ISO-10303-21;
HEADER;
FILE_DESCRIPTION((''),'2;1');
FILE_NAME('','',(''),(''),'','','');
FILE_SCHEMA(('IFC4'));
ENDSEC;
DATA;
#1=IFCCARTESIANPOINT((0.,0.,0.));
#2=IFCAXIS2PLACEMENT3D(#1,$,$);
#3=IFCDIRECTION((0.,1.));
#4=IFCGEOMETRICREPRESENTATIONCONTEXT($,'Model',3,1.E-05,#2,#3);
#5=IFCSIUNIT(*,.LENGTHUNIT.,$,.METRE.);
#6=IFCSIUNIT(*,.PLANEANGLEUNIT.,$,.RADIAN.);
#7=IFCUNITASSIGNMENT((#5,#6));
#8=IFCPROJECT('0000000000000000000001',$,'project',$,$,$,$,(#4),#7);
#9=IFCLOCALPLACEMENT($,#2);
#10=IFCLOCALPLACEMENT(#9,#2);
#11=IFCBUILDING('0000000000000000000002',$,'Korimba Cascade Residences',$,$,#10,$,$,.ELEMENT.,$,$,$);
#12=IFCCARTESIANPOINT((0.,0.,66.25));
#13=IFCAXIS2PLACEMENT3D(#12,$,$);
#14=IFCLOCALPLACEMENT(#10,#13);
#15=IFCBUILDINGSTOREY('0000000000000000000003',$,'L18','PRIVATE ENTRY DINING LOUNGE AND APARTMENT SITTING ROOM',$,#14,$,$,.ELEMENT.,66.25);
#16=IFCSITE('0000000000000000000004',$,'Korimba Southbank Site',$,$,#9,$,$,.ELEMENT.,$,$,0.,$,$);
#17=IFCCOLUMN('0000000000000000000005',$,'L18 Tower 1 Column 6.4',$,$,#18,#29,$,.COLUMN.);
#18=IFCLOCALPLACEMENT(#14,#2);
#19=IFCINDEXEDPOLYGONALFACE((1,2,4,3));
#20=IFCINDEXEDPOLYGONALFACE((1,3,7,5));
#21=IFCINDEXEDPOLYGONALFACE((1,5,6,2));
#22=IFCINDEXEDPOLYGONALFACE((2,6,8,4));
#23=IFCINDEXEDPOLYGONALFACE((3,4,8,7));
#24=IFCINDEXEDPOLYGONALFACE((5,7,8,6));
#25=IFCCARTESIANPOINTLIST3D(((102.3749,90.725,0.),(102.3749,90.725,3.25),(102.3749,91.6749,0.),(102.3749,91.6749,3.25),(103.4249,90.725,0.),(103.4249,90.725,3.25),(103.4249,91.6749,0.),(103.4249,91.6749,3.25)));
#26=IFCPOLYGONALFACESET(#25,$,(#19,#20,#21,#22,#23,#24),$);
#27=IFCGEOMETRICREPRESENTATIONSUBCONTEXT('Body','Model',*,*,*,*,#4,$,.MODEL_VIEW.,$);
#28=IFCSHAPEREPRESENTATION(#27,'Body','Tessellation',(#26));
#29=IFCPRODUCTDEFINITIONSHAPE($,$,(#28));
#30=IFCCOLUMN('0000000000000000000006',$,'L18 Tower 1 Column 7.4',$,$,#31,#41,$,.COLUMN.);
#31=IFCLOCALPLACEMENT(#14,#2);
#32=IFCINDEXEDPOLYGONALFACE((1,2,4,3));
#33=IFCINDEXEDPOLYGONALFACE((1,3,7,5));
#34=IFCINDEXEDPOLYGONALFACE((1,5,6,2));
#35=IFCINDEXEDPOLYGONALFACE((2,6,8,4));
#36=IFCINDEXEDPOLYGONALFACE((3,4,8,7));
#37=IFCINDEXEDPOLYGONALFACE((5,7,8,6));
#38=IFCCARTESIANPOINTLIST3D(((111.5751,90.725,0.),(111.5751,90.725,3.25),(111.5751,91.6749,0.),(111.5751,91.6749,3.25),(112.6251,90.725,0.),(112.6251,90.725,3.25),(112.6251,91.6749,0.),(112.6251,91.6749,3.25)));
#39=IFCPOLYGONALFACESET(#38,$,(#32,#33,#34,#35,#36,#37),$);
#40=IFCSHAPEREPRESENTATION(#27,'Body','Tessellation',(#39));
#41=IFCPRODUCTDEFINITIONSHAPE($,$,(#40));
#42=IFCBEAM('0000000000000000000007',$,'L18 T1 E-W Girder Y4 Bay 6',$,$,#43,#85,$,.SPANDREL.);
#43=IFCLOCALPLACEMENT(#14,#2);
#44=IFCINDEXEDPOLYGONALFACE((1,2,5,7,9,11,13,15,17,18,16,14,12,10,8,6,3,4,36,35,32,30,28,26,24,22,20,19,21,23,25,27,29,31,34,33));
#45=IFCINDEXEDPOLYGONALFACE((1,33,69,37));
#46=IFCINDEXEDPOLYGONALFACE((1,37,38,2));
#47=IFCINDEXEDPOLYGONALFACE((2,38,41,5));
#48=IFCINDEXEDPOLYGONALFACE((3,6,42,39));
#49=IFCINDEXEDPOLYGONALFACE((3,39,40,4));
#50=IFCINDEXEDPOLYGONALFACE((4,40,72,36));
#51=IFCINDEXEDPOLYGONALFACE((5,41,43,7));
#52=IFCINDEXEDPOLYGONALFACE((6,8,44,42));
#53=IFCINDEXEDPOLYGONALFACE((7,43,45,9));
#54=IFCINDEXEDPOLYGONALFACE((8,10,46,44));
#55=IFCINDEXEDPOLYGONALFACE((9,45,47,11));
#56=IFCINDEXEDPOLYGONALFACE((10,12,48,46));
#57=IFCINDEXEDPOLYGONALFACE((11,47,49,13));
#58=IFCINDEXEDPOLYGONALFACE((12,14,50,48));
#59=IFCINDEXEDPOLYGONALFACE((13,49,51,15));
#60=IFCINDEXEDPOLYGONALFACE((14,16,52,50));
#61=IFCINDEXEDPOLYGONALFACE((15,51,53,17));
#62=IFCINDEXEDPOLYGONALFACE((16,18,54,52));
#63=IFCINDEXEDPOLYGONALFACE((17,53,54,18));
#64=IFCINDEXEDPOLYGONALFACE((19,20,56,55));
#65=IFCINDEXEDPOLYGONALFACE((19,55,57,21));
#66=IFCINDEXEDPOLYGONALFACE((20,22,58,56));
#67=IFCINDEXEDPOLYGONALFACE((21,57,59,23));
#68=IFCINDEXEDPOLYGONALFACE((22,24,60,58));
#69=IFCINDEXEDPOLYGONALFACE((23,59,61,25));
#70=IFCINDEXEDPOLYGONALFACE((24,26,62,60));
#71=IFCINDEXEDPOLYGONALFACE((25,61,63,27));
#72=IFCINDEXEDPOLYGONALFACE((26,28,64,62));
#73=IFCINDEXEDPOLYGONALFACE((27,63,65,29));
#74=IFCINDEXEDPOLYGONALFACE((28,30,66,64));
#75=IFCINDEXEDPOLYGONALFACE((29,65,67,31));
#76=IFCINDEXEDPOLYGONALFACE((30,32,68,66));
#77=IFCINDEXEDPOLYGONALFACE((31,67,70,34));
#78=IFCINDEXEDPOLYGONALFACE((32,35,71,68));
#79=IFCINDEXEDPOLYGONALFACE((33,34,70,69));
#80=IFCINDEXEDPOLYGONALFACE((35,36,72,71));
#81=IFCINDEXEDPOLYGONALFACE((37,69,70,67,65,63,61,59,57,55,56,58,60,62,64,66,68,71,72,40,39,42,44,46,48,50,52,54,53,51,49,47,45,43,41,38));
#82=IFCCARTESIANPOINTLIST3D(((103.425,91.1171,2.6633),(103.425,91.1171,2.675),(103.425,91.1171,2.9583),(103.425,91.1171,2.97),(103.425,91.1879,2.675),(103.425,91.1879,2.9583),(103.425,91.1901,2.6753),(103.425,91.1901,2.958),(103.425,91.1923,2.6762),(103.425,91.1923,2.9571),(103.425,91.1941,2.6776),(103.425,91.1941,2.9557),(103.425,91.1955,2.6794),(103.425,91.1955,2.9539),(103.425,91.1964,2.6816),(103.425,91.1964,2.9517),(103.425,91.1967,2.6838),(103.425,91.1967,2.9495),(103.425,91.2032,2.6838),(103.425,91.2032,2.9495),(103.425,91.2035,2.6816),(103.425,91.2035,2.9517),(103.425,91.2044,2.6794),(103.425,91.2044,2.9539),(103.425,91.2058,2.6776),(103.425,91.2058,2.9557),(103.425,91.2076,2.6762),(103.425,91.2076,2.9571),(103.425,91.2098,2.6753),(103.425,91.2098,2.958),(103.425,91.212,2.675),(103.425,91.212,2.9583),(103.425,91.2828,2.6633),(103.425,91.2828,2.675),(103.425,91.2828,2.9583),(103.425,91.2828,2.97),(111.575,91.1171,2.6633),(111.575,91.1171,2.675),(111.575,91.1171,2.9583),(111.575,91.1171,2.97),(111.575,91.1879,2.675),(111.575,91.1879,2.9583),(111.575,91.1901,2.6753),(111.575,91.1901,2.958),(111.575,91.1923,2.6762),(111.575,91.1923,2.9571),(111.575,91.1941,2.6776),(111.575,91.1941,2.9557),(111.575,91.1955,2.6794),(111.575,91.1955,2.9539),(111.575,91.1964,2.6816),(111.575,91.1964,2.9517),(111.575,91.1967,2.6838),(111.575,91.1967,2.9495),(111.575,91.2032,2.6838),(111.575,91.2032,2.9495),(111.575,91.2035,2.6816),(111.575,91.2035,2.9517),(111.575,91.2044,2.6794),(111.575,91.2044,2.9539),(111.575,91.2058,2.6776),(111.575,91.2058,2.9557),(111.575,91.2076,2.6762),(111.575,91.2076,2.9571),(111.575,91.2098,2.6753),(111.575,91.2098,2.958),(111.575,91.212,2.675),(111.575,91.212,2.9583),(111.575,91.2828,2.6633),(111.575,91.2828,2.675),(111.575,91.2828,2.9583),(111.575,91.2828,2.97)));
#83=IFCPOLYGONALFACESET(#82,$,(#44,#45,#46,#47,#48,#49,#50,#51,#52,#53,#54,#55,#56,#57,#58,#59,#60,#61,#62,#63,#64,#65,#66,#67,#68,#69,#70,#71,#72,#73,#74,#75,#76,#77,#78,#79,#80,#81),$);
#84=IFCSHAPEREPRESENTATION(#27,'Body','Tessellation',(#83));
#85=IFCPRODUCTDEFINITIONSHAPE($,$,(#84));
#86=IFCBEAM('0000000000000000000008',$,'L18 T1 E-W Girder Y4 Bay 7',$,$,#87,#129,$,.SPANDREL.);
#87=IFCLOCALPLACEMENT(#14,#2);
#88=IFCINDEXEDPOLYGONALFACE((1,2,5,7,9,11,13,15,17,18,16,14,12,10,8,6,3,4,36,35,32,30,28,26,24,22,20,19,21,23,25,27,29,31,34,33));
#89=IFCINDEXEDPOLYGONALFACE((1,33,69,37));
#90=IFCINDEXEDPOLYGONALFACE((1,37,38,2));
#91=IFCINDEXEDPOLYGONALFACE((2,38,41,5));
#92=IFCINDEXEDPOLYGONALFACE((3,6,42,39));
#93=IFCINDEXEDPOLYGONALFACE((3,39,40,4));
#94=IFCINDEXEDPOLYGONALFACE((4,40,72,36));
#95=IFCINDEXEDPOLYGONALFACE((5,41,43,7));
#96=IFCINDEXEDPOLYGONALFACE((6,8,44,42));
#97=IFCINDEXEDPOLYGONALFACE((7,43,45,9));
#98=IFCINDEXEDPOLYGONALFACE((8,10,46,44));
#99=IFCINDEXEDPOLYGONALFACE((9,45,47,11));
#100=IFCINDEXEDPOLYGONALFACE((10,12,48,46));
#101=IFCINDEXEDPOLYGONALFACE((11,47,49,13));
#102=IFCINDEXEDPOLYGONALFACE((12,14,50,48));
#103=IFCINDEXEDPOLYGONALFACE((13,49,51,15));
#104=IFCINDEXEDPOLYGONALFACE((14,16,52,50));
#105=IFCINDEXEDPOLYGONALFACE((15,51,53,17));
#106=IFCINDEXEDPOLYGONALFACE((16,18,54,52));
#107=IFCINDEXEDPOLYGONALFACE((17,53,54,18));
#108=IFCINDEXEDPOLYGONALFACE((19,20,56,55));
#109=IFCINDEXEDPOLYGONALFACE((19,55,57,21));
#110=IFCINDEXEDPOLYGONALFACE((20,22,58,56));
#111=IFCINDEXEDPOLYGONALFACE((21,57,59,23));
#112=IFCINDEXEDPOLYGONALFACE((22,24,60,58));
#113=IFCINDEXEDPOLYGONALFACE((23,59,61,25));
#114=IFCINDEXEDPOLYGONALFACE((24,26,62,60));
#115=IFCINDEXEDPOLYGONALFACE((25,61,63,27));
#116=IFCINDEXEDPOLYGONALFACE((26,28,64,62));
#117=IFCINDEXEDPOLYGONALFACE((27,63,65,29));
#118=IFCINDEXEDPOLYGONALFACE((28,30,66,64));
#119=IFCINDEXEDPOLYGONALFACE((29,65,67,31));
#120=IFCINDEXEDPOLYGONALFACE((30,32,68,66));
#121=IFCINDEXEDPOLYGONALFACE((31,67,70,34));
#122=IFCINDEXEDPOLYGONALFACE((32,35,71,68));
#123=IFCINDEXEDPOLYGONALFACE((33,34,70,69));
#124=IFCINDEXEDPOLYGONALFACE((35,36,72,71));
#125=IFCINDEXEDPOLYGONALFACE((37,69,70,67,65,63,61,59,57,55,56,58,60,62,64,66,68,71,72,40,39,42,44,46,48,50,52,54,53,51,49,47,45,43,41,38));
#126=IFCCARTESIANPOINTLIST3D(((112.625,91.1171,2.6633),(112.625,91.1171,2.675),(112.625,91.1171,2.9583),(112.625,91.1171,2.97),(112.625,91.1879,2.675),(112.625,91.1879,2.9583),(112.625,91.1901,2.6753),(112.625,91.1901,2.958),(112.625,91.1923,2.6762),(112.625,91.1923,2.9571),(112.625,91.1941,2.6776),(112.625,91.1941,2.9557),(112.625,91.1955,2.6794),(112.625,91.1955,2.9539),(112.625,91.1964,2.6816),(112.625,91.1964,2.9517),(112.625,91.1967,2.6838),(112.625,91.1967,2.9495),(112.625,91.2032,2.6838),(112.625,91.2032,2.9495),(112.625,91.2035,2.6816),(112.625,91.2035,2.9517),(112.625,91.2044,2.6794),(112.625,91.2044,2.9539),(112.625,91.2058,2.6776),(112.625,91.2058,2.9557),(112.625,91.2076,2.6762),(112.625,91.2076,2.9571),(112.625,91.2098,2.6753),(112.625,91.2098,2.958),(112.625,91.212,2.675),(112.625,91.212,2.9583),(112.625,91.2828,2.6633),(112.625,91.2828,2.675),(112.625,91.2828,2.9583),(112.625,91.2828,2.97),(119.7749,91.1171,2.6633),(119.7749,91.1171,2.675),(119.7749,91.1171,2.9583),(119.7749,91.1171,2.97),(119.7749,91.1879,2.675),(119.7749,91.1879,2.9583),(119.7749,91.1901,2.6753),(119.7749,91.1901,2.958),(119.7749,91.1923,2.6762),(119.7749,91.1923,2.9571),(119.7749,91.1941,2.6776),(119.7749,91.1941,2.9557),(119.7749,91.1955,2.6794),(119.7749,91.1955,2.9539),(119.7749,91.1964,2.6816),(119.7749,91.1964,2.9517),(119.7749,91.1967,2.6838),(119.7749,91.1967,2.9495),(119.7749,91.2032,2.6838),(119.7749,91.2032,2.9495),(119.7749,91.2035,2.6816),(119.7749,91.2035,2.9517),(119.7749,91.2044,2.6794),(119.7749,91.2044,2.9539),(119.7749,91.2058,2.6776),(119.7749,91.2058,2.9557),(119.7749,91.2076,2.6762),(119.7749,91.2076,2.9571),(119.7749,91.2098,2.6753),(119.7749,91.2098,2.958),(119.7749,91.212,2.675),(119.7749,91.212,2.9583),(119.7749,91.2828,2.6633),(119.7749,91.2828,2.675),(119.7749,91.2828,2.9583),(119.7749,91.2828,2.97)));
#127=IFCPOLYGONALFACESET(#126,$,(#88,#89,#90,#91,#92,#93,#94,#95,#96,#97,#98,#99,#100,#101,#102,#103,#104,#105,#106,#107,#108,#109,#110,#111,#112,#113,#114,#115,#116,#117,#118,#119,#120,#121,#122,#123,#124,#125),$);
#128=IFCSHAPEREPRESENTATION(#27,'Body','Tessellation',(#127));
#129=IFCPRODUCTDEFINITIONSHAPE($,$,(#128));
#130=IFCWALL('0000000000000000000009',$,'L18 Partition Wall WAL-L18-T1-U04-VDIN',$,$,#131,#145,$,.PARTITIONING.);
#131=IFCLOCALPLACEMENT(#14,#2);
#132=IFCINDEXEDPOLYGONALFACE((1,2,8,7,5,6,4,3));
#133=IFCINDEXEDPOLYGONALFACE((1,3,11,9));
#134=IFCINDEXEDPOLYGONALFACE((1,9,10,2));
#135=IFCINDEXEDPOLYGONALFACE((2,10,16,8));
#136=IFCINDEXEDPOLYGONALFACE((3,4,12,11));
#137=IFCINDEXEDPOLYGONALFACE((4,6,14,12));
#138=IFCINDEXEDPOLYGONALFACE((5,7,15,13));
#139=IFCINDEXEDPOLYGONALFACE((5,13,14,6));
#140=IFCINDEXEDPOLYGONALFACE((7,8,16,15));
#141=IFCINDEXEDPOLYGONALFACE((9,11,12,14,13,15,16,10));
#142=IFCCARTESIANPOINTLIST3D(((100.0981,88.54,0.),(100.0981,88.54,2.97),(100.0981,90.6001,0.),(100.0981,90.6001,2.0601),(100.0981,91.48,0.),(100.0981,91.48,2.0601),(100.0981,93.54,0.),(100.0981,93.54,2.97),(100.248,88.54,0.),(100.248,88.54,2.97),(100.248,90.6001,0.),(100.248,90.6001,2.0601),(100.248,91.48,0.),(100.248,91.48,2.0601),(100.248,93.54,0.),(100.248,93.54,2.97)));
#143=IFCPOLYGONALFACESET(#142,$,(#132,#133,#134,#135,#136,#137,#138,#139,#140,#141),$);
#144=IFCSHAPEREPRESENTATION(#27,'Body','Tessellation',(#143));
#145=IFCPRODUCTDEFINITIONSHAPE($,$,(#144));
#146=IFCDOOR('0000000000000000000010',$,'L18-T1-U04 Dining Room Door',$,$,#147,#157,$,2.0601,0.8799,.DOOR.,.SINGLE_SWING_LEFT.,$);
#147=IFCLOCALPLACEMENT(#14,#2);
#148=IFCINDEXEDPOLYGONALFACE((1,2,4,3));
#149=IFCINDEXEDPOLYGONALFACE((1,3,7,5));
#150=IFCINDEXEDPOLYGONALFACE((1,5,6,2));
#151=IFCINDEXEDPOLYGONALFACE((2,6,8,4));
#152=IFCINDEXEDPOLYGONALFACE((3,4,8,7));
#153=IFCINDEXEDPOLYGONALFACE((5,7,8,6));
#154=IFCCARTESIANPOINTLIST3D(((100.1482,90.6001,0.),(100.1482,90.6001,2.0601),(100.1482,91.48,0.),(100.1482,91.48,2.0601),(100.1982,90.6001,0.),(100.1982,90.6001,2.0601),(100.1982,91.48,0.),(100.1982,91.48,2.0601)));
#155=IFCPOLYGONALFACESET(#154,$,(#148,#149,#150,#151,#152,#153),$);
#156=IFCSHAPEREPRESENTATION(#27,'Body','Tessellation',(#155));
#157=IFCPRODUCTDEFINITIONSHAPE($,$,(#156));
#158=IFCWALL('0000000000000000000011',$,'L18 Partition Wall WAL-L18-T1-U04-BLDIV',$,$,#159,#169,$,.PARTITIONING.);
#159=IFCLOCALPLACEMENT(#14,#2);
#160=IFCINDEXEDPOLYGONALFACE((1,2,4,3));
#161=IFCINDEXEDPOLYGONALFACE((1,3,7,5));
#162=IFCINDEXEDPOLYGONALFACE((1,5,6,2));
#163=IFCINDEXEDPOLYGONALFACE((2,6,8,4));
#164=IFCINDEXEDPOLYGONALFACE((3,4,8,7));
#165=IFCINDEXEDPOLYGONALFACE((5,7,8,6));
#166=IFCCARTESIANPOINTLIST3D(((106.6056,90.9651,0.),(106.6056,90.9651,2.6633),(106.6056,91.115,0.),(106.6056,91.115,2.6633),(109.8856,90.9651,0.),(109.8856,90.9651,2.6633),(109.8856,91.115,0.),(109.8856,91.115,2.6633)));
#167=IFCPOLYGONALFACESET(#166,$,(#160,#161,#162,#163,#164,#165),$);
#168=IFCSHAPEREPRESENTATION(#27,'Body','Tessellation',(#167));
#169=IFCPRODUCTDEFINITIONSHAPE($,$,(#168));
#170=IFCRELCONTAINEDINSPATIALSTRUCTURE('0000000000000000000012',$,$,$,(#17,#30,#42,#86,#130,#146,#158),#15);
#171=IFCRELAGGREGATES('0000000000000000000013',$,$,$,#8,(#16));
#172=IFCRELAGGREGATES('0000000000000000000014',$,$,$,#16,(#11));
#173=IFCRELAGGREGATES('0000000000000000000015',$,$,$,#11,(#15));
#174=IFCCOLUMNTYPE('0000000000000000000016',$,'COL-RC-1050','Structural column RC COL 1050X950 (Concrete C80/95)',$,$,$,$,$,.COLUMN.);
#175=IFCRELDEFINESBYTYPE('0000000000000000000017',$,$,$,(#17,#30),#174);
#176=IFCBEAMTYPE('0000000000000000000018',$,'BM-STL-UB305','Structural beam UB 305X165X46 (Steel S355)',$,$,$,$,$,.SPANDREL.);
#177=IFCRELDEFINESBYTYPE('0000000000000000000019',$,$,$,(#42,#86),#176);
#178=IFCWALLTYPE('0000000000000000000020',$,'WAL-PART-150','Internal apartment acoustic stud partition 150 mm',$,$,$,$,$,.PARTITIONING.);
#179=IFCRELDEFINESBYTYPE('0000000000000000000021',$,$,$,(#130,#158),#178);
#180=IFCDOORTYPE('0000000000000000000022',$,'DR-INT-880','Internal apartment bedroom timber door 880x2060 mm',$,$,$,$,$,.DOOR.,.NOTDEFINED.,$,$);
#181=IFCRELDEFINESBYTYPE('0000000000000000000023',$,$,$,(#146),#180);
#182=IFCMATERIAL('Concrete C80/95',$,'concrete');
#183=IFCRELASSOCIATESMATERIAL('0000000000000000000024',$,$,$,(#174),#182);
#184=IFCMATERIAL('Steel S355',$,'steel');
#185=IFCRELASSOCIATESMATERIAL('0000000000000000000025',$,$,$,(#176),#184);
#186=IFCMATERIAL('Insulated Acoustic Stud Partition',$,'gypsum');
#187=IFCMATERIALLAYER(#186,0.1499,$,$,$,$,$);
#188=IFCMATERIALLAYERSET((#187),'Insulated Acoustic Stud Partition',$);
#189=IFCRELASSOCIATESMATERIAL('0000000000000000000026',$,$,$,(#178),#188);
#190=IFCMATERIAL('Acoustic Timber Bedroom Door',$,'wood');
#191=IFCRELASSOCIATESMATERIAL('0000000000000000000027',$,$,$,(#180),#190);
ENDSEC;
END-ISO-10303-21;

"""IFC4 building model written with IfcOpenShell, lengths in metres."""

from ifc_helpers import new_model, si_unit, direction, frame, frame_2d, origin, origin_2d, place, context, subcontext, project, spatial, rectangle, i_section, extrude, material, layer, layer_set, material_profile, profile_set, type_object, element, fill, save


model = new_model("IFC4")

# Units and contexts
model_context = context("Model", 3, precision=1e-05, world=origin(), true_north=direction((0.0, 1.0)))
body_context = subcontext(model_context, "Body", "Model", "MODEL_VIEW")
ifc_project = project(units=[si_unit("LENGTHUNIT", "METRE"), si_unit("PLANEANGLEUNIT", "RADIAN")], contexts=[model_context])

# Site, building, storey
site_placement = place(None, origin())
site = spatial("IfcSite", under=ifc_project, at=site_placement, Name="Korimba Southbank Site", CompositionType="ELEMENT", RefElevation=0.0)
building_placement = place(site_placement, origin())
building = spatial("IfcBuilding", under=site, at=building_placement, Name="Korimba Cascade Residences", CompositionType="ELEMENT")
storey_placement = place(building_placement, frame((0.0, 0.0, 66.25)))
storey = spatial("IfcBuildingStorey", under=building, at=storey_placement, Name="L18", Description="PRIVATE ENTRY DINING LOUNGE AND APARTMENT SITTING ROOM", CompositionType="ELEMENT", Elevation=66.25)

# Columns
ifc_material_1 = material(Name="Concrete C80/95", Category="concrete")
ifc_material_profile_1 = material_profile(ifc_material_1, rectangle(XDim=1.05, YDim=0.95, at=origin_2d()), Name="Concrete C80/95")
ifc_profile_set_1 = profile_set([ifc_material_profile_1], Name="Concrete C80/95")
column_type = type_object("IfcColumnType", Name="COL-RC-1050", Description="Structural column RC COL 1050X950 (Concrete C80/95)", PredefinedType="COLUMN", material=ifc_profile_set_1)
for number, where, z_axis, x_axis, name in (
    (1, (102.8999, 91.2, 0.0), (0.0, 0.0, 1.0), (1.0, 0.0, 0.0), "L18 Tower 1 Column 6.4"),
    (2, (112.1001, 91.2, 0.0), (0.0, 0.0, 1.0), (1.0, 0.0, 0.0), "L18 Tower 1 Column 7.4"),
):
    element("IfcColumn", number, at=place(storey_placement, frame(where, z_axis=z_axis, x_axis=x_axis)), inside=storey, type_object=column_type, Name=name, PredefinedType="COLUMN", context=body_context, shape_type="SweptSolid", body=[
        extrude(rectangle(XDim=1.05, YDim=0.95, at=origin_2d()), origin(), (0.0, 0.0, 1.0), 3.25),
    ])

# Beams
ifc_material_2 = material(Name="Steel S355", Category="steel")
ifc_material_profile_2 = material_profile(ifc_material_2, i_section(OverallWidth=0.1658, OverallDepth=0.3066, WebThickness=0.0066, FlangeThickness=0.0117, FilletRadius=0.0088, at=origin_2d()), Name="Steel S355")
ifc_profile_set_2 = profile_set([ifc_material_profile_2], Name="Steel S355")
beam_type = type_object("IfcBeamType", Name="BM-STL-UB305", Description="Structural beam UB 305X165X46 (Steel S355)", PredefinedType="SPANDREL", material=ifc_profile_set_2)
beam_1_placement = place(storey_placement, frame((103.425, 91.2, 2.8167), z_axis=(1.0, 0.0, 0.0), x_axis=(0.0, 1.0, 0.0)))
element("IfcBeam", 3, at=beam_1_placement, inside=storey, type_object=beam_type, Name="L18 T1 E-W Girder Y4 Bay 6", PredefinedType="SPANDREL", context=body_context, shape_type="SweptSolid", body=[
    extrude(i_section(OverallWidth=0.1658, OverallDepth=0.3066, WebThickness=0.0066, FlangeThickness=0.0117, FilletRadius=0.0088, at=origin_2d()), origin(), (0.0, 0.0, 1.0), 8.1499),
])
beam_2_placement = place(storey_placement, frame((112.625, 91.2, 2.8167), z_axis=(1.0, 0.0, 0.0), x_axis=(0.0, 1.0, 0.0)))
element("IfcBeam", 4, at=beam_2_placement, inside=storey, type_object=beam_type, Name="L18 T1 E-W Girder Y4 Bay 7", PredefinedType="SPANDREL", context=body_context, shape_type="SweptSolid", body=[
    extrude(i_section(OverallWidth=0.1658, OverallDepth=0.3066, WebThickness=0.0066, FlangeThickness=0.0117, FilletRadius=0.0088, at=origin_2d()), origin(), (0.0, 0.0, 1.0), 7.1499),
])

# Wall, opening, door
ifc_material_3 = material(Name="Insulated Acoustic Stud Partition", Category="gypsum")
ifc_layer = layer(ifc_material_3, 0.1499)
ifc_layer_set = layer_set([ifc_layer], Name="Insulated Acoustic Stud Partition")
wall_type = type_object("IfcWallType", Name="WAL-PART-150", Description="Internal apartment acoustic stud partition 150 mm", PredefinedType="PARTITIONING", material=ifc_layer_set)
wall_1_placement = place(storey_placement, frame((100.1731, 88.54, 0.0), z_axis=(0.0, 0.0, 1.0), x_axis=(0.0, 1.0, 0.0)))
wall_1 = element("IfcWall", 5, at=wall_1_placement, inside=storey, type_object=wall_type, Name="L18 Partition Wall WAL-L18-T1-U04-VDIN", PredefinedType="PARTITIONING", context=body_context, shape_type="SweptSolid", body=[
    extrude(rectangle(XDim=5.0, YDim=0.1499, at=frame_2d((2.5, 0.0))), origin(), (0.0, 0.0, 1.0), 2.97),
])
opening_1_placement = place(wall_1_placement, frame((2.0601, 0.0, 0.0)))
opening_1 = element("IfcOpeningElement", 6, at=opening_1_placement, cuts=wall_1, PredefinedType="OPENING", context=body_context, shape_type="SweptSolid", body=[
    extrude(rectangle(XDim=0.8799, YDim=2.0601, at=frame_2d((0.4399, 1.03))), frame((0.0, 0.085, 0.0), z_axis=(0.0, -1.0, 0.0), x_axis=(1.0, 0.0, 0.0)), (0.0, 0.0, 1.0), 0.1699),
])
ifc_material_4 = material(Name="Acoustic Timber Bedroom Door", Category="wood")
door_type_1 = type_object("IfcDoorType", Name="DR-INT-880", Description="Internal apartment bedroom timber door 880x2060 mm", OperationType="NOTDEFINED", PredefinedType="DOOR", material=ifc_material_4)
door_1_placement = place(opening_1_placement, origin())
door_1 = element("IfcDoor", 7, at=door_1_placement, inside=storey, type_object=door_type_1, Name="L18-T1-U04 Dining Room Door", OperationType="SINGLE_SWING_LEFT", OverallHeight=2.0601, OverallWidth=0.8799, PredefinedType="DOOR", context=body_context, shape_type="SweptSolid", body=[
    extrude(rectangle(XDim=0.8799, YDim=2.0601, at=frame_2d((0.4399, 1.03))), frame((0.0, 0.0249, 0.0), z_axis=(0.0, -1.0, 0.0), x_axis=(1.0, 0.0, 0.0)), (0.0, 0.0, 1.0), 0.05),
])
fill(opening_1, door_1)

# Wall
wall_2_placement = place(storey_placement, frame((106.6055, 91.04, 0.0), z_axis=(0.0, 0.0, 1.0), x_axis=(1.0, 0.0, 0.0)))
element("IfcWall", 8, at=wall_2_placement, inside=storey, type_object=wall_type, Name="L18 Partition Wall WAL-L18-T1-U04-BLDIV", PredefinedType="PARTITIONING", context=body_context, shape_type="SweptSolid", body=[
    extrude(rectangle(XDim=3.28, YDim=0.1499, at=frame_2d((1.6401, 0.0))), origin(), (0.0, 0.0, 1.0), 2.6633),
])

save(model, "model.ifc")
